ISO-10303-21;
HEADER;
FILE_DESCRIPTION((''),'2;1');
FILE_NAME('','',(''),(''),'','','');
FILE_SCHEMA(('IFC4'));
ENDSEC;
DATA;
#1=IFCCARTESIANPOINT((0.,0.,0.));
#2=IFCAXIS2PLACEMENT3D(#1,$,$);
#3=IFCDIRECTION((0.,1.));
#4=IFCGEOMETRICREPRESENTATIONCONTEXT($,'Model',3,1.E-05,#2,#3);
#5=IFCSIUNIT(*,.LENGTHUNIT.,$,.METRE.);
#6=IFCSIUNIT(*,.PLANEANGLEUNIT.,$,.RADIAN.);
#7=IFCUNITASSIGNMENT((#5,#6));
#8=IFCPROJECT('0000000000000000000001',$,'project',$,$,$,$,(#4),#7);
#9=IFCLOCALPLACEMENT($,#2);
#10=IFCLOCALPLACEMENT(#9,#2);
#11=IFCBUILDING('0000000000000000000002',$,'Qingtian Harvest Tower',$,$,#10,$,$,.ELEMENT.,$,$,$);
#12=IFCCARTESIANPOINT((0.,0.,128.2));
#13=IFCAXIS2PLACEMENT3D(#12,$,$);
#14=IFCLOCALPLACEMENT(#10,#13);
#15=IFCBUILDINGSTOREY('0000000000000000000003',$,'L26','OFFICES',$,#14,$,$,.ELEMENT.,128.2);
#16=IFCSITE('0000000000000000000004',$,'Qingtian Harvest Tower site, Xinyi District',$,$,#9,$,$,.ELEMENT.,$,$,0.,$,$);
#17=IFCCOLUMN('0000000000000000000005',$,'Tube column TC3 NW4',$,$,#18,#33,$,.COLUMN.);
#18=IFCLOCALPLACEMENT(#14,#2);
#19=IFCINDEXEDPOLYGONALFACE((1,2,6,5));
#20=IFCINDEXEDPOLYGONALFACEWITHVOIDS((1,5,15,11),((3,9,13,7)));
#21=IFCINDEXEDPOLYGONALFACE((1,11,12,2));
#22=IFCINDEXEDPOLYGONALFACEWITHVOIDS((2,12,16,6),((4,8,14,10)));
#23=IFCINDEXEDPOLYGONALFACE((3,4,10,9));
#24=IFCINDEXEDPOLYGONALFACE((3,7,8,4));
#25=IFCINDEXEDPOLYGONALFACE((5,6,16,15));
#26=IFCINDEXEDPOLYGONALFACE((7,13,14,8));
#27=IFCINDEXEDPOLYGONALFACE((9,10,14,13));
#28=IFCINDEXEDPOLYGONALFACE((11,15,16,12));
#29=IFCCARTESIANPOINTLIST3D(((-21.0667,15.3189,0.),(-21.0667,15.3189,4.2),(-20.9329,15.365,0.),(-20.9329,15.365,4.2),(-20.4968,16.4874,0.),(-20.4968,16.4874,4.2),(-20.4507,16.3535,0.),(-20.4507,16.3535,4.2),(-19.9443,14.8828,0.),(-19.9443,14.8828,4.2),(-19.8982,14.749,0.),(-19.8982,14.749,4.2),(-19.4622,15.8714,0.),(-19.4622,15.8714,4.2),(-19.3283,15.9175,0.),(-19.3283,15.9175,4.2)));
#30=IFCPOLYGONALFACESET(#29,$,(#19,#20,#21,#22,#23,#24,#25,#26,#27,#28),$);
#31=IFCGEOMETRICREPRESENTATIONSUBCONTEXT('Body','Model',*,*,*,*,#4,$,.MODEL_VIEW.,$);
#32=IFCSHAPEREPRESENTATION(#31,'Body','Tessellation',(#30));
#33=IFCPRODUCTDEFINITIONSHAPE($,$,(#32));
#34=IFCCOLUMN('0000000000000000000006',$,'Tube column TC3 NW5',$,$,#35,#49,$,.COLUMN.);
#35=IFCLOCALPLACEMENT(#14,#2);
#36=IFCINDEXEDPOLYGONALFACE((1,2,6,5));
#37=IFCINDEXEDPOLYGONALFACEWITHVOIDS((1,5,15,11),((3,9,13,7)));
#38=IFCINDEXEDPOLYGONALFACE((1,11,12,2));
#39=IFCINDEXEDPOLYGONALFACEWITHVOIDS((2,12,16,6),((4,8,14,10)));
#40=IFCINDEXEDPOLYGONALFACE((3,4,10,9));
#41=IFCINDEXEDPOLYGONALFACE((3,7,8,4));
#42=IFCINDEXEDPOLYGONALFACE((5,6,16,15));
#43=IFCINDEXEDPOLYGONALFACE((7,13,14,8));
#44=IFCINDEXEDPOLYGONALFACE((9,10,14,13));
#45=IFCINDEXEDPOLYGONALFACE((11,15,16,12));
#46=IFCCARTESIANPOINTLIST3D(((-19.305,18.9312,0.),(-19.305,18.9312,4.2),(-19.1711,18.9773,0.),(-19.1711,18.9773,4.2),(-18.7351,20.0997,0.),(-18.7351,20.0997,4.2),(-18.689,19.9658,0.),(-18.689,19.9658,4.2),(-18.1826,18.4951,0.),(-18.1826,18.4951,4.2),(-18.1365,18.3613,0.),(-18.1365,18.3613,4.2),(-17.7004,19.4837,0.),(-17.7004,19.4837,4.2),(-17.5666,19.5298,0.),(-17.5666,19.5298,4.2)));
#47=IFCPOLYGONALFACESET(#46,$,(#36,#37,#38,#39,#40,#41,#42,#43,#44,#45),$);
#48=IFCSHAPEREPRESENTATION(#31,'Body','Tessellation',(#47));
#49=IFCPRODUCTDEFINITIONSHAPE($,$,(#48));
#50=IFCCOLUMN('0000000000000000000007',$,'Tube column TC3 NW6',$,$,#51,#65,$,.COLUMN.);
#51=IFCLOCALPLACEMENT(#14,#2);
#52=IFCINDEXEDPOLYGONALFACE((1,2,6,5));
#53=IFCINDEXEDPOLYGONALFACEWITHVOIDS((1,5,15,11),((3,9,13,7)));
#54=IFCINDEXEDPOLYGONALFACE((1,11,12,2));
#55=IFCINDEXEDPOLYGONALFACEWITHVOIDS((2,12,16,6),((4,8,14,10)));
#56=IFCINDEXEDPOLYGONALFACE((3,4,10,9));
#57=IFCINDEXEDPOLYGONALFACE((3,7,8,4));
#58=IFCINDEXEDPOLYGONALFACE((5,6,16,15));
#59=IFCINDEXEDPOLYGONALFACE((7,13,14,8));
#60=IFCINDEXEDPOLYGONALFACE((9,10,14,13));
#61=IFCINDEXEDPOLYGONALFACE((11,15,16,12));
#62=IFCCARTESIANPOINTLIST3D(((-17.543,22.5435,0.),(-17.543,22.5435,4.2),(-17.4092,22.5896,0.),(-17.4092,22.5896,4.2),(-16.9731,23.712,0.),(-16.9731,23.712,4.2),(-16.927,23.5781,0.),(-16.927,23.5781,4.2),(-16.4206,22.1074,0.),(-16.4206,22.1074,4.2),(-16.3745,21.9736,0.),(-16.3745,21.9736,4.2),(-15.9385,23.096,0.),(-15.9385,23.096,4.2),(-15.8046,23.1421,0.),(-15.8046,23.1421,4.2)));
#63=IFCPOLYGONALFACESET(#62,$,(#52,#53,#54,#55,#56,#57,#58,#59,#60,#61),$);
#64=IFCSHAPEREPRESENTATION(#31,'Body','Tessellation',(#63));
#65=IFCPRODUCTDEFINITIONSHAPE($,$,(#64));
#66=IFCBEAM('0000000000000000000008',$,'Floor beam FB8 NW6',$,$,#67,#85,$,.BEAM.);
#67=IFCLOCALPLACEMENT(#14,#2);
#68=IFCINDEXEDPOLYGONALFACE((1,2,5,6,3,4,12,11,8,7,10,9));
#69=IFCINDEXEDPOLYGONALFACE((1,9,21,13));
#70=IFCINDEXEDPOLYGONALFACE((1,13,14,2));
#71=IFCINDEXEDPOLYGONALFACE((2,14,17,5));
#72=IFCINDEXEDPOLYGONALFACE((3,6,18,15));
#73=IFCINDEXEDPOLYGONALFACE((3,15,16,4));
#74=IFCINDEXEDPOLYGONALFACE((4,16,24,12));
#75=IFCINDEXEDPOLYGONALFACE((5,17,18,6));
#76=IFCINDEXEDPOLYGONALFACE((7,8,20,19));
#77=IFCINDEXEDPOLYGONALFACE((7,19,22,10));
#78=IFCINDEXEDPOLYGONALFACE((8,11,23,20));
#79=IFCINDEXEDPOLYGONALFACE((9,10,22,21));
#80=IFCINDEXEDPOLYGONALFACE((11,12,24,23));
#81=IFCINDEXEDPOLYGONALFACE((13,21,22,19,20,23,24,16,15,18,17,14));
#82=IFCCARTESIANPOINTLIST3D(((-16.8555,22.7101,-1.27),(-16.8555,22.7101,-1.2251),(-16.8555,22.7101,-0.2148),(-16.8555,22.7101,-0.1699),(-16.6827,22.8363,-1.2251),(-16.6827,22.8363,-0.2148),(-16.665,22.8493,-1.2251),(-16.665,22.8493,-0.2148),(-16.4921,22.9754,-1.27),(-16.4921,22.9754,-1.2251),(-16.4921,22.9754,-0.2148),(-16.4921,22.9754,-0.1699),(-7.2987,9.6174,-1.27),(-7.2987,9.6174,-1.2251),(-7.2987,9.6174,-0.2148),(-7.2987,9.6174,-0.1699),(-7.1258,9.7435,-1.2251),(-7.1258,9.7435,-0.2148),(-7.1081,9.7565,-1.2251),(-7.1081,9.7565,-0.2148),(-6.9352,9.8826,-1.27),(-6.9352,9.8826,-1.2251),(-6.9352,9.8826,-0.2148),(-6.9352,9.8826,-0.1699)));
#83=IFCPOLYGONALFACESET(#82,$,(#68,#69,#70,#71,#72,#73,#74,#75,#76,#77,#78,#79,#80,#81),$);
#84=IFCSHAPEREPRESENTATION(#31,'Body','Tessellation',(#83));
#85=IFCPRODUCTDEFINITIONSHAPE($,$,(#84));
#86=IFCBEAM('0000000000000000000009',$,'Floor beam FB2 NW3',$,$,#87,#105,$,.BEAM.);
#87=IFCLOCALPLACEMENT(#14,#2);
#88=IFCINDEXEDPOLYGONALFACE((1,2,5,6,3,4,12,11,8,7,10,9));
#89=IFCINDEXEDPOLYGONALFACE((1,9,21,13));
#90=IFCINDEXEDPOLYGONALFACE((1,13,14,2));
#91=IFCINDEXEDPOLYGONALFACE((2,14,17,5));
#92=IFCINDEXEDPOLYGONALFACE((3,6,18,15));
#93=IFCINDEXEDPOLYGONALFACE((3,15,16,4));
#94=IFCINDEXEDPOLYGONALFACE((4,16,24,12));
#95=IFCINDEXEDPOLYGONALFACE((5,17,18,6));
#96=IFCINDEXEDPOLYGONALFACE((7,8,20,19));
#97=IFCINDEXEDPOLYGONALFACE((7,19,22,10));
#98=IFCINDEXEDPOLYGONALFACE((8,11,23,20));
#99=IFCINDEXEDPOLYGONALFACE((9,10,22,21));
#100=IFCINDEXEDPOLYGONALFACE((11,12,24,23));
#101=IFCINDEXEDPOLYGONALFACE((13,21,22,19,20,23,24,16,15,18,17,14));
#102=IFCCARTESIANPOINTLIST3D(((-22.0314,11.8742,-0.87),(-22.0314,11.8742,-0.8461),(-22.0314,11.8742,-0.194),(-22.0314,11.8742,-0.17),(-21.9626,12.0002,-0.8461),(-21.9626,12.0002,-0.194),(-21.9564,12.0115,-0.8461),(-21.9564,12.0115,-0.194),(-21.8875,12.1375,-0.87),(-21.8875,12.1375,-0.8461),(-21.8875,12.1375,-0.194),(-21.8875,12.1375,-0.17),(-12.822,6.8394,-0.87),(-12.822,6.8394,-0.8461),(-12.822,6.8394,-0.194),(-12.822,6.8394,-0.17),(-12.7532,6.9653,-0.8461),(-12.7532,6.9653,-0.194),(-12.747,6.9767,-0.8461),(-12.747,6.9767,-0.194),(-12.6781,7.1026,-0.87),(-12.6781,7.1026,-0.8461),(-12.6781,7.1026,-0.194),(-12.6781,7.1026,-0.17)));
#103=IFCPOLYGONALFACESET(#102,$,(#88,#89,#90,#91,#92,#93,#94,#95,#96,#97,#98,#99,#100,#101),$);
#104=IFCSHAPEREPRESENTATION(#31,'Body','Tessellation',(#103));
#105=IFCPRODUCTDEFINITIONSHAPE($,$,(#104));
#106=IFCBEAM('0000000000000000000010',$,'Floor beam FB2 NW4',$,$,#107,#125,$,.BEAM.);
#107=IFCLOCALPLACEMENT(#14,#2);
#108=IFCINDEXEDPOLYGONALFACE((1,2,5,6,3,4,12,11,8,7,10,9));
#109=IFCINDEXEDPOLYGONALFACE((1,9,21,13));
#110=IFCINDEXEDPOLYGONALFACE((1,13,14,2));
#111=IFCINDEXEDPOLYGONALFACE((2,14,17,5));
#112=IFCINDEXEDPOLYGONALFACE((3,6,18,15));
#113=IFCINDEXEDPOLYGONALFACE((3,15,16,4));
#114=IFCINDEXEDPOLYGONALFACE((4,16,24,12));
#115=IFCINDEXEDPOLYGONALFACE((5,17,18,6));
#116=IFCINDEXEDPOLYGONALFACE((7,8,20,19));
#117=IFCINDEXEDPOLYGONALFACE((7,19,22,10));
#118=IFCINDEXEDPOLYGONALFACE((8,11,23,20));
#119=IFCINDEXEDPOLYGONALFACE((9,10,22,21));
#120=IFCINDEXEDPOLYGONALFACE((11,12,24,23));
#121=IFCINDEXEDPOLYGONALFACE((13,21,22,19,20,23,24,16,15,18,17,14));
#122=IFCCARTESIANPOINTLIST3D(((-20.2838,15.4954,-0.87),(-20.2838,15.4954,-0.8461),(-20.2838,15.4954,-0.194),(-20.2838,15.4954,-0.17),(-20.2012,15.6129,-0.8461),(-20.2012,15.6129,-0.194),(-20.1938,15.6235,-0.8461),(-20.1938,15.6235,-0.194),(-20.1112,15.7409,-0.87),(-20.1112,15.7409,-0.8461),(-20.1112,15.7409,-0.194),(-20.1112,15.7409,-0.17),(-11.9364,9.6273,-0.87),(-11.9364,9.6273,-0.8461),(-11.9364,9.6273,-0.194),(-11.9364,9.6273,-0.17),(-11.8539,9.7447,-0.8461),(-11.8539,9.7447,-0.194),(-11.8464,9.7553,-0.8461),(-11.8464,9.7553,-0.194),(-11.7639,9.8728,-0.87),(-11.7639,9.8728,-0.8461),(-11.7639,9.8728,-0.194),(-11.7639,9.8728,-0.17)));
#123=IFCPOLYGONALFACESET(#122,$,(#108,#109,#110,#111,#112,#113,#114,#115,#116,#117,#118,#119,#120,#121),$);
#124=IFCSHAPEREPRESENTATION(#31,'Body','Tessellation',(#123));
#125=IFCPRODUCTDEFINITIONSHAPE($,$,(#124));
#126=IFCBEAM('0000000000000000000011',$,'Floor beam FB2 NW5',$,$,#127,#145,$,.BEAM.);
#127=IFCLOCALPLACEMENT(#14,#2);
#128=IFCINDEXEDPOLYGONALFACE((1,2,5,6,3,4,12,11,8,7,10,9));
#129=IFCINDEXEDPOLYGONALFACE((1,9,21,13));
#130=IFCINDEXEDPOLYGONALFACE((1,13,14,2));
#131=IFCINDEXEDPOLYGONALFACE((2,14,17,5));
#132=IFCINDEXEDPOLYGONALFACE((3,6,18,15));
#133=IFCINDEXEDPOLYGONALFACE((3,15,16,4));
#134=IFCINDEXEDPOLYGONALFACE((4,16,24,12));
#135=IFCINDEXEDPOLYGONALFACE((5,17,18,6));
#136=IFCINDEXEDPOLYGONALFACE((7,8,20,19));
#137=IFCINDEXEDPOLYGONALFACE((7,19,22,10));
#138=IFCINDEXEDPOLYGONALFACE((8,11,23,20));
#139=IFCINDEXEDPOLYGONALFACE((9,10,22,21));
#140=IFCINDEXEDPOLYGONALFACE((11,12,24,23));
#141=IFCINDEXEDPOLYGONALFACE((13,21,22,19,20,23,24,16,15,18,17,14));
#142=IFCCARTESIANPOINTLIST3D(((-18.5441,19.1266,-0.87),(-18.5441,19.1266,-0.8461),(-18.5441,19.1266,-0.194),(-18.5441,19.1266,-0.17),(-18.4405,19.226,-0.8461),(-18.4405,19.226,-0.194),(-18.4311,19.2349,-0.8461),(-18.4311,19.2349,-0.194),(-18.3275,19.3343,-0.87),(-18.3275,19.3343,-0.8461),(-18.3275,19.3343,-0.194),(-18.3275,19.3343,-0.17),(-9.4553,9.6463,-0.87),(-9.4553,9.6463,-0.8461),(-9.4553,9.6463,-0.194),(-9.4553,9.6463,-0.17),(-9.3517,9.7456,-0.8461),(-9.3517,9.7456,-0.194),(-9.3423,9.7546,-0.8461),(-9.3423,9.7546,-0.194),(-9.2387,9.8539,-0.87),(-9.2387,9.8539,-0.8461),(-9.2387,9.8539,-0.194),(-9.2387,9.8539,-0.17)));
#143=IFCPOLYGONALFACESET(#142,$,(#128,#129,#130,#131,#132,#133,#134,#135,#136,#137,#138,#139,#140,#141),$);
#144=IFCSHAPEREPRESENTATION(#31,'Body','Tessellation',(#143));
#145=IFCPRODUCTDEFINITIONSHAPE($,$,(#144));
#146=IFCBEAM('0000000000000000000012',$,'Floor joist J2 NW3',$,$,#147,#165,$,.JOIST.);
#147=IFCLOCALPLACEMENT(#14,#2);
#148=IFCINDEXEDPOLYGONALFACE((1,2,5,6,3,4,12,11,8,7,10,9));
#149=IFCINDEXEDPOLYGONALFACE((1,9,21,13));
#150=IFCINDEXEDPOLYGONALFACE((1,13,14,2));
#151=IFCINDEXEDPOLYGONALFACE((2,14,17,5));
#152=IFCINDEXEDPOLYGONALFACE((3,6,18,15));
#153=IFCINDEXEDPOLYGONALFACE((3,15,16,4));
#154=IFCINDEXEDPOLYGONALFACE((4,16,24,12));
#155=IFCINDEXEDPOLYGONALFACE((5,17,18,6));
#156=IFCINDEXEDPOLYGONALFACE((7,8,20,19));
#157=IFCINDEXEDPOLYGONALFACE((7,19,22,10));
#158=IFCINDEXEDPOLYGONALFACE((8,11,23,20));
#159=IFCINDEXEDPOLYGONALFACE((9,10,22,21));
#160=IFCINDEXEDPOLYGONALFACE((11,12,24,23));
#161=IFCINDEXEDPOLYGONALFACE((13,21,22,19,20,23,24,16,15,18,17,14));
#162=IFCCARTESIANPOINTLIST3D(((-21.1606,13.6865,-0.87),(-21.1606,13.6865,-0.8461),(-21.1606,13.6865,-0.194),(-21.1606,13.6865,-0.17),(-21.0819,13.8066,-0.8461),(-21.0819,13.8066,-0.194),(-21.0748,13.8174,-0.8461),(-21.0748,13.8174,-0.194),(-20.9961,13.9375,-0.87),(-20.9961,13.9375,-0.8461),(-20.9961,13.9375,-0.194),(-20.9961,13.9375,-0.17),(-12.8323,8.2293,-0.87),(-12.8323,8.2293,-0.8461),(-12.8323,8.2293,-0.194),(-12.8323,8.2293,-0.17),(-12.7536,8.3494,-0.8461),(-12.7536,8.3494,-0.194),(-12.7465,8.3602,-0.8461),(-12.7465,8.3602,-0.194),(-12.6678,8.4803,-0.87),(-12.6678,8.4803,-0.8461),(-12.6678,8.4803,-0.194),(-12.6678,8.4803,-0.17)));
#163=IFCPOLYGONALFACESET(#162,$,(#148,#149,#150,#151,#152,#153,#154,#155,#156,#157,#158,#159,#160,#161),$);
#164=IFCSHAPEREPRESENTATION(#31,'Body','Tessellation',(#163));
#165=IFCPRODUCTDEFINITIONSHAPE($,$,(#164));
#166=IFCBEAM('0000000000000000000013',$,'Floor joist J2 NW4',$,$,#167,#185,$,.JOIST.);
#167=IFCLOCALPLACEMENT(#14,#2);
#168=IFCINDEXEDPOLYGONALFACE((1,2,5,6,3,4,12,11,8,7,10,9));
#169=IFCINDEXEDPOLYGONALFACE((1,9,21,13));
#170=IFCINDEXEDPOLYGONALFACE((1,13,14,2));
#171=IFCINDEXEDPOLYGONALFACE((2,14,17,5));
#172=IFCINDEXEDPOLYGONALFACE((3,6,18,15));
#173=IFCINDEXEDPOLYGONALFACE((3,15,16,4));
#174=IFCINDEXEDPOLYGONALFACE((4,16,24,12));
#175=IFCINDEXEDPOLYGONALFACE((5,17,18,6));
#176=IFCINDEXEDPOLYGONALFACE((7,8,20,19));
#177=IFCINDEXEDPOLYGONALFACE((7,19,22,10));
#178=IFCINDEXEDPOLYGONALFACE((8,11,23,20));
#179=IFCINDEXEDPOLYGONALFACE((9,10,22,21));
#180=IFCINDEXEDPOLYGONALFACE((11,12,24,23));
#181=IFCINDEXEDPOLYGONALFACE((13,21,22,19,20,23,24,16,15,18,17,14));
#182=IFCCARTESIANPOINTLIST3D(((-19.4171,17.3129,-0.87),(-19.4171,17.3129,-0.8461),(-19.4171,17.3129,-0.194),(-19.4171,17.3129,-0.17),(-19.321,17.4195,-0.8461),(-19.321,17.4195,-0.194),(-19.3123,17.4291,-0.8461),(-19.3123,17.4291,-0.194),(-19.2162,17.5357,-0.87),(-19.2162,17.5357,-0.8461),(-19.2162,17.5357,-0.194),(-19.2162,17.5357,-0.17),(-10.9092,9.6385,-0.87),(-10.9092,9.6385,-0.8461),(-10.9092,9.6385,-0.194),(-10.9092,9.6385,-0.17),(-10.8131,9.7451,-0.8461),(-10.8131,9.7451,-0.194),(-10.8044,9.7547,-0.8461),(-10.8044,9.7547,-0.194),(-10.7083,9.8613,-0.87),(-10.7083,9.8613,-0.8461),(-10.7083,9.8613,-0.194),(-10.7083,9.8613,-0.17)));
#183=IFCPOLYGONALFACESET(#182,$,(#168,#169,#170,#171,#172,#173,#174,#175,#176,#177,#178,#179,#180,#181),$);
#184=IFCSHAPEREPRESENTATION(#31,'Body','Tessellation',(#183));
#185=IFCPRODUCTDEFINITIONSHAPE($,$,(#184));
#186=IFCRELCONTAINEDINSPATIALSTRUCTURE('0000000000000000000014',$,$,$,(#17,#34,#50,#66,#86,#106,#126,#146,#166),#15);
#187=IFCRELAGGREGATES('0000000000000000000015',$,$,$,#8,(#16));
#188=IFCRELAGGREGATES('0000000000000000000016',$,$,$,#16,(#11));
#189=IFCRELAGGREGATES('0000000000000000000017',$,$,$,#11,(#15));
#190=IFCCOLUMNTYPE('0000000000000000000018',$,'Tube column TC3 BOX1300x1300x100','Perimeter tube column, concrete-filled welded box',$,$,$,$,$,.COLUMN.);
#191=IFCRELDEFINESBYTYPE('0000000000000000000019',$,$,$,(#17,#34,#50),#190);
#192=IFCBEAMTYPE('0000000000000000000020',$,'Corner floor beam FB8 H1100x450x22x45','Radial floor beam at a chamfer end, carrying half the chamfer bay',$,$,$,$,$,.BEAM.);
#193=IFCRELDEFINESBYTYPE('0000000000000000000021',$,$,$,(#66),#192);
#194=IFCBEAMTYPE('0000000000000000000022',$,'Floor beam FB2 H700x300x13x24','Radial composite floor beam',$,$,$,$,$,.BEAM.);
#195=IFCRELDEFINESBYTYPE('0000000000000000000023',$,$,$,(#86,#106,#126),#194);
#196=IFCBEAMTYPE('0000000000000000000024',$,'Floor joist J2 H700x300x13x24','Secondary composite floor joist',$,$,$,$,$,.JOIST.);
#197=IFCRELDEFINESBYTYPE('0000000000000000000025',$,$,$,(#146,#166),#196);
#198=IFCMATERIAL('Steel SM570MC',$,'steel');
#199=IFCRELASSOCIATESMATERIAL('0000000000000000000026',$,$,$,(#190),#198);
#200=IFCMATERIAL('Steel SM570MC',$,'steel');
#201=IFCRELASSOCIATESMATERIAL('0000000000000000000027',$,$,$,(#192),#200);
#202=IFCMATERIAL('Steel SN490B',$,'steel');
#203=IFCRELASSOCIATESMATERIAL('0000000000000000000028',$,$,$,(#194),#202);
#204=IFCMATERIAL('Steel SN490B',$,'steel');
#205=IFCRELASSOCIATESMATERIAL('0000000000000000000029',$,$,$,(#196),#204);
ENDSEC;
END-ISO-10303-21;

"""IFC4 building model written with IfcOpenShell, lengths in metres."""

from ifc_helpers import new_model, si_unit, direction, frame, origin, origin_2d, place, context, subcontext, project, spatial, hollow_rectangle, i_section, extrude, material, material_profile, profile_set, type_object, element, save


model = new_model("IFC4")

# Units and contexts
model_context = context("Model", 3, precision=1e-05, world=origin(), true_north=direction((0.0, 1.0)))
body_context = subcontext(model_context, "Body", "Model", "MODEL_VIEW")
ifc_project = project(units=[si_unit("LENGTHUNIT", "METRE"), si_unit("PLANEANGLEUNIT", "RADIAN")], contexts=[model_context])

# Site, building, storey
site_placement = place(None, origin())
site = spatial("IfcSite", under=ifc_project, at=site_placement, Name="Qingtian Harvest Tower site, Xinyi District", CompositionType="ELEMENT", RefElevation=0.0)
building_placement = place(site_placement, origin())
building = spatial("IfcBuilding", under=site, at=building_placement, Name="Qingtian Harvest Tower", CompositionType="ELEMENT")
storey_placement = place(building_placement, frame((0.0, 0.0, 128.2)))
storey = spatial("IfcBuildingStorey", under=building, at=storey_placement, Name="L26", Description="OFFICES", CompositionType="ELEMENT", Elevation=128.2)

# Columns
ifc_material_1 = material(Name="Steel SM570MC", Category="steel")
ifc_material_profile_1 = material_profile(ifc_material_1, hollow_rectangle(XDim=1.3, YDim=1.3, WallThickness=0.1001, at=origin_2d()), Name="BOX1300x1300x100")
ifc_profile_set_1 = profile_set([ifc_material_profile_1], Name="Steel SM570MC")
column_type = type_object("IfcColumnType", Name="Tube column TC3 BOX1300x1300x100", Description="Perimeter tube column, concrete-filled welded box", PredefinedType="COLUMN", material=ifc_profile_set_1)
for number, where, z_axis, x_axis, name in (
    (1, (-20.1975, 15.6182, 0.0), (0.0, 0.0, 1.0), (-0.438371, -0.898794, 0.0), "Tube column TC3 NW4"),
    (2, (-18.4358, 19.2305, 0.0), (0.0, 0.0, 1.0), (-0.438371, -0.898794, 0.0), "Tube column TC3 NW5"),
    (3, (-16.6738, 22.8428, 0.0), (0.0, 0.0, 1.0), (-0.438371, -0.898794, 0.0), "Tube column TC3 NW6"),
):
    element("IfcColumn", number, at=place(storey_placement, frame(where, z_axis=z_axis, x_axis=x_axis)), inside=storey, type_object=column_type, Name=name, PredefinedType="COLUMN", context=body_context, shape_type="SweptSolid", body=[
        extrude(hollow_rectangle(XDim=1.3, YDim=1.3, WallThickness=0.1001, at=origin_2d()), origin(), (0.0, 0.0, 1.0), 4.2),
    ])

# Beams
ifc_material_2 = material(Name="Steel SM570MC", Category="steel")
ifc_material_profile_2 = material_profile(ifc_material_2, i_section(OverallWidth=0.45, OverallDepth=1.1001, WebThickness=0.022, FlangeThickness=0.0449, at=origin_2d()), Name="H1100x450x22x45")
ifc_profile_set_2 = profile_set([ifc_material_profile_2], Name="Steel SM570MC")
beam_type_1 = type_object("IfcBeamType", Name="Corner floor beam FB8 H1100x450x22x45", Description="Radial floor beam at a chamfer end, carrying half the chamfer bay", PredefinedType="BEAM", material=ifc_profile_set_2)
beam_1_placement = place(storey_placement, frame((-16.6738, 22.8428, -0.72), z_axis=(0.589578, -0.807712, 0.0), x_axis=(0.807712, 0.589578, 0.0)))
element("IfcBeam", 4, at=beam_1_placement, inside=storey, type_object=beam_type_1, Name="Floor beam FB8 NW6", PredefinedType="BEAM", context=body_context, shape_type="SweptSolid", body=[
    extrude(i_section(OverallWidth=0.45, OverallDepth=1.1001, WebThickness=0.022, FlangeThickness=0.0449, at=origin_2d()), origin(), (0.0, 0.0, 1.0), 16.2097),
])
ifc_material_3 = material(Name="Steel SN490B", Category="steel")
ifc_material_profile_3 = material_profile(ifc_material_3, i_section(OverallWidth=0.3, OverallDepth=0.7, WebThickness=0.0129, FlangeThickness=0.0239, at=origin_2d()), Name="H700x300x13x24")
ifc_profile_set_3 = profile_set([ifc_material_profile_3], Name="Steel SN490B")
beam_type_2 = type_object("IfcBeamType", Name="Floor beam FB2 H700x300x13x24", Description="Radial composite floor beam", PredefinedType="BEAM", material=ifc_profile_set_3)
beam_2_placement = place(storey_placement, frame((-21.9595, 12.0059, -0.52), z_axis=(0.877432, -0.479701, 0.0), x_axis=(0.479701, 0.877432, 0.0)))
element("IfcBeam", 5, at=beam_2_placement, inside=storey, type_object=beam_type_2, Name="Floor beam FB2 NW3", PredefinedType="BEAM", context=body_context, shape_type="SweptSolid", body=[
    extrude(i_section(OverallWidth=0.3, OverallDepth=0.7, WebThickness=0.0129, FlangeThickness=0.0239, at=origin_2d()), origin(), (0.0, 0.0, 1.0), 10.4958),
])
beam_3_placement = place(storey_placement, frame((-20.1975, 15.6182, -0.52), z_axis=(0.81808, -0.575104, 0.0), x_axis=(0.575104, 0.81808, 0.0)))
element("IfcBeam", 6, at=beam_3_placement, inside=storey, type_object=beam_type_2, Name="Floor beam FB2 NW4", PredefinedType="BEAM", context=body_context, shape_type="SweptSolid", body=[
    extrude(i_section(OverallWidth=0.3, OverallDepth=0.7, WebThickness=0.0129, FlangeThickness=0.0239, at=origin_2d()), origin(), (0.0, 0.0, 1.0), 10.2036),
])
beam_4_placement = place(storey_placement, frame((-18.4358, 19.2305, -0.52), z_axis=(0.692041, -0.721858, 0.0), x_axis=(0.721858, 0.692041, 0.0)))
element("IfcBeam", 7, at=beam_4_placement, inside=storey, type_object=beam_type_2, Name="Floor beam FB2 NW5", PredefinedType="BEAM", context=body_context, shape_type="SweptSolid", body=[
    extrude(i_section(OverallWidth=0.3, OverallDepth=0.7, WebThickness=0.0129, FlangeThickness=0.0239, at=origin_2d()), origin(), (0.0, 0.0, 1.0), 13.1333),
])
ifc_material_4 = material(Name="Steel SN490B", Category="steel")
ifc_material_profile_4 = material_profile(ifc_material_4, i_section(OverallWidth=0.3, OverallDepth=0.7, WebThickness=0.0129, FlangeThickness=0.0239, at=origin_2d()), Name="H700x300x13x24")
ifc_profile_set_4 = profile_set([ifc_material_profile_4], Name="Steel SN490B")
beam_type_3 = type_object("IfcBeamType", Name="Floor joist J2 H700x300x13x24", Description="Secondary composite floor joist", PredefinedType="JOIST", material=ifc_profile_set_4)
beam_5_placement = place(storey_placement, frame((-21.0784, 13.812, -0.52), z_axis=(0.836426, -0.548079, 0.0), x_axis=(0.548079, 0.836426, 0.0)))
element("IfcBeam", 8, at=beam_5_placement, inside=storey, type_object=beam_type_3, Name="Floor joist J2 NW3", PredefinedType="JOIST", context=body_context, shape_type="SweptSolid", body=[
    extrude(i_section(OverallWidth=0.3, OverallDepth=0.7, WebThickness=0.0129, FlangeThickness=0.0239, at=origin_2d()), origin(), (0.0, 0.0, 1.0), 9.957),
])
beam_6_placement = place(storey_placement, frame((-19.3167, 17.4243, -0.52), z_axis=(0.742544, -0.669798, 0.0), x_axis=(0.669798, 0.742544, 0.0)))
element("IfcBeam", 9, at=beam_6_placement, inside=storey, type_object=beam_type_3, Name="Floor joist J2 NW4", PredefinedType="JOIST", context=body_context, shape_type="SweptSolid", body=[
    extrude(i_section(OverallWidth=0.3, OverallDepth=0.7, WebThickness=0.0129, FlangeThickness=0.0239, at=origin_2d()), origin(), (0.0, 0.0, 1.0), 11.4578),
])

save(model, "model.ifc")
